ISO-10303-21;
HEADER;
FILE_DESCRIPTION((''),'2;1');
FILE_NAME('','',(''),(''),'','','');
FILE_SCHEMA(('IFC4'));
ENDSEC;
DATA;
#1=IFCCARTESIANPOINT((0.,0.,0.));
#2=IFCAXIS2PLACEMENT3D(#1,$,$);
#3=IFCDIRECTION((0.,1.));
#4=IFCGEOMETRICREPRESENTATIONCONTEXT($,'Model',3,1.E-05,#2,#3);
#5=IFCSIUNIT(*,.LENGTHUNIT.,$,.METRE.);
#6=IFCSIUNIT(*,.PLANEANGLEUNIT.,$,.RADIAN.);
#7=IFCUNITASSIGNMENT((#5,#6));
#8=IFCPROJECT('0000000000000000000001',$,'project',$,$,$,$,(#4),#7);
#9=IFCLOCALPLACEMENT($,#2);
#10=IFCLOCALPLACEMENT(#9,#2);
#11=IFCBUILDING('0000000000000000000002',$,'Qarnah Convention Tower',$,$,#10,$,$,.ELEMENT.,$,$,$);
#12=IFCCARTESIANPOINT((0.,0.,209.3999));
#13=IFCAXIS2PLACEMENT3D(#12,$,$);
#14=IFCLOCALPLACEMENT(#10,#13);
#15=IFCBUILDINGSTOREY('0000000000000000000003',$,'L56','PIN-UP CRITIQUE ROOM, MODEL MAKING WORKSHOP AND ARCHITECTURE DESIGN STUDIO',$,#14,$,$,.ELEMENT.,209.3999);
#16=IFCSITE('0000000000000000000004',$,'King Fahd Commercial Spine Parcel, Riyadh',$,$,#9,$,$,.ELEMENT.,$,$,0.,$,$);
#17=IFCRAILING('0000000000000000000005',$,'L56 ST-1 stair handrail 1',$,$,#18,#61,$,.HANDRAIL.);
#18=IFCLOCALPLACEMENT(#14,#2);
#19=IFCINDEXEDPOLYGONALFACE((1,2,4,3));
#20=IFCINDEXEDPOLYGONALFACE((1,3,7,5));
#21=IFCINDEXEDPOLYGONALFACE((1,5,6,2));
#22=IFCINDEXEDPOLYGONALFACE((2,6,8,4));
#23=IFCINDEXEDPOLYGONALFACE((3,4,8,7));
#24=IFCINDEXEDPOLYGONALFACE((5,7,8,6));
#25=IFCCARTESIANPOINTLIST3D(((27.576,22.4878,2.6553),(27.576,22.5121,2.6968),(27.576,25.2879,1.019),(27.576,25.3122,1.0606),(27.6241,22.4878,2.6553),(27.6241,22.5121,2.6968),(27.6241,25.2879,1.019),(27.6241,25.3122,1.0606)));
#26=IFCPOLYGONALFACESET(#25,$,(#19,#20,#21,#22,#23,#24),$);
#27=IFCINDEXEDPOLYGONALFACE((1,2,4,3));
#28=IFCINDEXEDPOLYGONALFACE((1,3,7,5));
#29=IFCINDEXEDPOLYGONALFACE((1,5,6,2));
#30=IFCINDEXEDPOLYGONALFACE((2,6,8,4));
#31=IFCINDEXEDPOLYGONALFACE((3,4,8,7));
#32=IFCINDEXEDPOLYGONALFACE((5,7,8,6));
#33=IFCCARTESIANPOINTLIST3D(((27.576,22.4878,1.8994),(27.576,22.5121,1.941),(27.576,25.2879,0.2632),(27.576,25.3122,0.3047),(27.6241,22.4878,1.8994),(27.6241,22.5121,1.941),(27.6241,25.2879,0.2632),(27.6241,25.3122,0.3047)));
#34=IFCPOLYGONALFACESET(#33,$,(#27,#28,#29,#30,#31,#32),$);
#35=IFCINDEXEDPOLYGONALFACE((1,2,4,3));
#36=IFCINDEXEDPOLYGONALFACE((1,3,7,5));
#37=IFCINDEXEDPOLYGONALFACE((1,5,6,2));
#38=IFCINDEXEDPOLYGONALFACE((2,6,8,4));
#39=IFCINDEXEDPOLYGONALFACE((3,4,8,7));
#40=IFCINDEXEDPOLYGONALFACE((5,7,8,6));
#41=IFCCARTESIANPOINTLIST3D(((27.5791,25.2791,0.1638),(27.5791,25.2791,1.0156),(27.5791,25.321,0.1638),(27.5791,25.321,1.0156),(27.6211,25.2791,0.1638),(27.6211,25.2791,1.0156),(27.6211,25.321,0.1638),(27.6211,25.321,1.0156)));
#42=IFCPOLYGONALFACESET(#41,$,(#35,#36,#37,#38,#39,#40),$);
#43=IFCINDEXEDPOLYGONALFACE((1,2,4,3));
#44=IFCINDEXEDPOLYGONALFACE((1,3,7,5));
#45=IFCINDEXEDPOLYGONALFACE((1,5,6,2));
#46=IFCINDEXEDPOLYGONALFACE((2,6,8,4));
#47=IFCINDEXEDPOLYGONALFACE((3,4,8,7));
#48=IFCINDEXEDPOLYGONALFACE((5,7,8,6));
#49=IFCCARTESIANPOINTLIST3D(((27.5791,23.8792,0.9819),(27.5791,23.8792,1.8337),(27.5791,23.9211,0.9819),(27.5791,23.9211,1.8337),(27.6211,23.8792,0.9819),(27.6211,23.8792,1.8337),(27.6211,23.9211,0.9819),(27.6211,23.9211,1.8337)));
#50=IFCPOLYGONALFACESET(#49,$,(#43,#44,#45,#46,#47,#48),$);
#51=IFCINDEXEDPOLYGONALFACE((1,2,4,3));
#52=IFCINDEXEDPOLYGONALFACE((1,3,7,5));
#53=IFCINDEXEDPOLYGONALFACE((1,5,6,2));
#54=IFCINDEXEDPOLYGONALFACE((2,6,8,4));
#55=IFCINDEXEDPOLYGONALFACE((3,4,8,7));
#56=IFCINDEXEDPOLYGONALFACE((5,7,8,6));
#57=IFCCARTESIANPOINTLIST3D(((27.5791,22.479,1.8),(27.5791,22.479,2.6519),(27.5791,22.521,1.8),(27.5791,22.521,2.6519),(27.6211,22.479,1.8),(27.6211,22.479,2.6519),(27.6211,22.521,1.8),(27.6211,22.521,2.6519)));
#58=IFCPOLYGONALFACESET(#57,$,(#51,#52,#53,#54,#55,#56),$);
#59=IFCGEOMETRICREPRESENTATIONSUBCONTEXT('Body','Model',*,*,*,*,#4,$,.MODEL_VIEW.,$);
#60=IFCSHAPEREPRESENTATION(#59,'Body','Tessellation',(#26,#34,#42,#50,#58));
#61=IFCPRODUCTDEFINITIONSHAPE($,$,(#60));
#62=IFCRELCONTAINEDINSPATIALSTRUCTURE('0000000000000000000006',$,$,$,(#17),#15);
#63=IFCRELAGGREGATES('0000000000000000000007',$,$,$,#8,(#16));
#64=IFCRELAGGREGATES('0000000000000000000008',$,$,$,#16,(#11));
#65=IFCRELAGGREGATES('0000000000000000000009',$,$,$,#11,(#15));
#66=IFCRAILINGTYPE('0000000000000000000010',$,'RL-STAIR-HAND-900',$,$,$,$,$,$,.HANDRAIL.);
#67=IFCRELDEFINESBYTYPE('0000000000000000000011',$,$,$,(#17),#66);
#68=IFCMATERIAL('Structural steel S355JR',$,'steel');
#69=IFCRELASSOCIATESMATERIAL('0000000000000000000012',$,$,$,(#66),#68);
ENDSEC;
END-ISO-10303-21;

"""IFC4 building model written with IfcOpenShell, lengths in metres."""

from ifc_helpers import new_model, si_unit, direction, frame, origin, origin_2d, place, context, subcontext, project, spatial, rectangle, extrude, material, type_object, element, save


model = new_model("IFC4")

# Units and contexts
model_context = context("Model", 3, precision=1e-05, world=origin(), true_north=direction((0.0, 1.0)))
body_context = subcontext(model_context, "Body", "Model", "MODEL_VIEW")
ifc_project = project(units=[si_unit("LENGTHUNIT", "METRE"), si_unit("PLANEANGLEUNIT", "RADIAN")], contexts=[model_context])

# Site, building, storey
site_placement = place(None, origin())
site = spatial("IfcSite", under=ifc_project, at=site_placement, Name="King Fahd Commercial Spine Parcel, Riyadh", CompositionType="ELEMENT", RefElevation=0.0)
building_placement = place(site_placement, origin())
building = spatial("IfcBuilding", under=site, at=building_placement, Name="Qarnah Convention Tower", CompositionType="ELEMENT")
storey_placement = place(building_placement, frame((0.0, 0.0, 209.3999)))
storey = spatial("IfcBuildingStorey", under=building, at=storey_placement, Name="L56", Description="PIN-UP CRITIQUE ROOM, MODEL MAKING WORKSHOP AND ARCHITECTURE DESIGN STUDIO", CompositionType="ELEMENT", Elevation=209.3999)

# Shared definitions
ifc_material_1 = material(Name="Structural steel S355JR", Category="steel")

# Railing
railing_type_1 = type_object("IfcRailingType", Name="RL-STAIR-HAND-900", PredefinedType="HANDRAIL", material=ifc_material_1)
railing_1_placement = place(storey_placement, frame((27.6001, 25.3, 0.1638)))
element("IfcRailing", 1, at=railing_1_placement, inside=storey, type_object=railing_type_1, Name="L56 ST-1 stair handrail 1", PredefinedType="HANDRAIL", context=body_context, shape_type="SweptSolid", body=[
    extrude(rectangle(XDim=0.0481, YDim=0.0481, at=origin_2d()), frame((0.0, 0.0, 0.876), z_axis=(0.0, -0.863394, 0.504531), x_axis=(1.0, 0.0, 0.0)), (0.0, 0.0, 1.0), 3.2432),
    extrude(rectangle(XDim=0.0481, YDim=0.0481, at=origin_2d()), frame((0.0, 0.0, 0.1201), z_axis=(0.0, -0.863394, 0.504531), x_axis=(1.0, 0.0, 0.0)), (0.0, 0.0, 1.0), 3.2432),
    extrude(rectangle(XDim=0.042, YDim=0.042, at=origin_2d()), origin(), (0.0, 0.0, 1.0), 0.8518),
    extrude(rectangle(XDim=0.042, YDim=0.042, at=origin_2d()), frame((0.0, -1.3999, 0.8181)), (0.0, 0.0, 1.0), 0.8518),
    extrude(rectangle(XDim=0.042, YDim=0.042, at=origin_2d()), frame((0.0, -2.8, 1.6362)), (0.0, 0.0, 1.0), 0.8518),
])

save(model, "model.ifc")
